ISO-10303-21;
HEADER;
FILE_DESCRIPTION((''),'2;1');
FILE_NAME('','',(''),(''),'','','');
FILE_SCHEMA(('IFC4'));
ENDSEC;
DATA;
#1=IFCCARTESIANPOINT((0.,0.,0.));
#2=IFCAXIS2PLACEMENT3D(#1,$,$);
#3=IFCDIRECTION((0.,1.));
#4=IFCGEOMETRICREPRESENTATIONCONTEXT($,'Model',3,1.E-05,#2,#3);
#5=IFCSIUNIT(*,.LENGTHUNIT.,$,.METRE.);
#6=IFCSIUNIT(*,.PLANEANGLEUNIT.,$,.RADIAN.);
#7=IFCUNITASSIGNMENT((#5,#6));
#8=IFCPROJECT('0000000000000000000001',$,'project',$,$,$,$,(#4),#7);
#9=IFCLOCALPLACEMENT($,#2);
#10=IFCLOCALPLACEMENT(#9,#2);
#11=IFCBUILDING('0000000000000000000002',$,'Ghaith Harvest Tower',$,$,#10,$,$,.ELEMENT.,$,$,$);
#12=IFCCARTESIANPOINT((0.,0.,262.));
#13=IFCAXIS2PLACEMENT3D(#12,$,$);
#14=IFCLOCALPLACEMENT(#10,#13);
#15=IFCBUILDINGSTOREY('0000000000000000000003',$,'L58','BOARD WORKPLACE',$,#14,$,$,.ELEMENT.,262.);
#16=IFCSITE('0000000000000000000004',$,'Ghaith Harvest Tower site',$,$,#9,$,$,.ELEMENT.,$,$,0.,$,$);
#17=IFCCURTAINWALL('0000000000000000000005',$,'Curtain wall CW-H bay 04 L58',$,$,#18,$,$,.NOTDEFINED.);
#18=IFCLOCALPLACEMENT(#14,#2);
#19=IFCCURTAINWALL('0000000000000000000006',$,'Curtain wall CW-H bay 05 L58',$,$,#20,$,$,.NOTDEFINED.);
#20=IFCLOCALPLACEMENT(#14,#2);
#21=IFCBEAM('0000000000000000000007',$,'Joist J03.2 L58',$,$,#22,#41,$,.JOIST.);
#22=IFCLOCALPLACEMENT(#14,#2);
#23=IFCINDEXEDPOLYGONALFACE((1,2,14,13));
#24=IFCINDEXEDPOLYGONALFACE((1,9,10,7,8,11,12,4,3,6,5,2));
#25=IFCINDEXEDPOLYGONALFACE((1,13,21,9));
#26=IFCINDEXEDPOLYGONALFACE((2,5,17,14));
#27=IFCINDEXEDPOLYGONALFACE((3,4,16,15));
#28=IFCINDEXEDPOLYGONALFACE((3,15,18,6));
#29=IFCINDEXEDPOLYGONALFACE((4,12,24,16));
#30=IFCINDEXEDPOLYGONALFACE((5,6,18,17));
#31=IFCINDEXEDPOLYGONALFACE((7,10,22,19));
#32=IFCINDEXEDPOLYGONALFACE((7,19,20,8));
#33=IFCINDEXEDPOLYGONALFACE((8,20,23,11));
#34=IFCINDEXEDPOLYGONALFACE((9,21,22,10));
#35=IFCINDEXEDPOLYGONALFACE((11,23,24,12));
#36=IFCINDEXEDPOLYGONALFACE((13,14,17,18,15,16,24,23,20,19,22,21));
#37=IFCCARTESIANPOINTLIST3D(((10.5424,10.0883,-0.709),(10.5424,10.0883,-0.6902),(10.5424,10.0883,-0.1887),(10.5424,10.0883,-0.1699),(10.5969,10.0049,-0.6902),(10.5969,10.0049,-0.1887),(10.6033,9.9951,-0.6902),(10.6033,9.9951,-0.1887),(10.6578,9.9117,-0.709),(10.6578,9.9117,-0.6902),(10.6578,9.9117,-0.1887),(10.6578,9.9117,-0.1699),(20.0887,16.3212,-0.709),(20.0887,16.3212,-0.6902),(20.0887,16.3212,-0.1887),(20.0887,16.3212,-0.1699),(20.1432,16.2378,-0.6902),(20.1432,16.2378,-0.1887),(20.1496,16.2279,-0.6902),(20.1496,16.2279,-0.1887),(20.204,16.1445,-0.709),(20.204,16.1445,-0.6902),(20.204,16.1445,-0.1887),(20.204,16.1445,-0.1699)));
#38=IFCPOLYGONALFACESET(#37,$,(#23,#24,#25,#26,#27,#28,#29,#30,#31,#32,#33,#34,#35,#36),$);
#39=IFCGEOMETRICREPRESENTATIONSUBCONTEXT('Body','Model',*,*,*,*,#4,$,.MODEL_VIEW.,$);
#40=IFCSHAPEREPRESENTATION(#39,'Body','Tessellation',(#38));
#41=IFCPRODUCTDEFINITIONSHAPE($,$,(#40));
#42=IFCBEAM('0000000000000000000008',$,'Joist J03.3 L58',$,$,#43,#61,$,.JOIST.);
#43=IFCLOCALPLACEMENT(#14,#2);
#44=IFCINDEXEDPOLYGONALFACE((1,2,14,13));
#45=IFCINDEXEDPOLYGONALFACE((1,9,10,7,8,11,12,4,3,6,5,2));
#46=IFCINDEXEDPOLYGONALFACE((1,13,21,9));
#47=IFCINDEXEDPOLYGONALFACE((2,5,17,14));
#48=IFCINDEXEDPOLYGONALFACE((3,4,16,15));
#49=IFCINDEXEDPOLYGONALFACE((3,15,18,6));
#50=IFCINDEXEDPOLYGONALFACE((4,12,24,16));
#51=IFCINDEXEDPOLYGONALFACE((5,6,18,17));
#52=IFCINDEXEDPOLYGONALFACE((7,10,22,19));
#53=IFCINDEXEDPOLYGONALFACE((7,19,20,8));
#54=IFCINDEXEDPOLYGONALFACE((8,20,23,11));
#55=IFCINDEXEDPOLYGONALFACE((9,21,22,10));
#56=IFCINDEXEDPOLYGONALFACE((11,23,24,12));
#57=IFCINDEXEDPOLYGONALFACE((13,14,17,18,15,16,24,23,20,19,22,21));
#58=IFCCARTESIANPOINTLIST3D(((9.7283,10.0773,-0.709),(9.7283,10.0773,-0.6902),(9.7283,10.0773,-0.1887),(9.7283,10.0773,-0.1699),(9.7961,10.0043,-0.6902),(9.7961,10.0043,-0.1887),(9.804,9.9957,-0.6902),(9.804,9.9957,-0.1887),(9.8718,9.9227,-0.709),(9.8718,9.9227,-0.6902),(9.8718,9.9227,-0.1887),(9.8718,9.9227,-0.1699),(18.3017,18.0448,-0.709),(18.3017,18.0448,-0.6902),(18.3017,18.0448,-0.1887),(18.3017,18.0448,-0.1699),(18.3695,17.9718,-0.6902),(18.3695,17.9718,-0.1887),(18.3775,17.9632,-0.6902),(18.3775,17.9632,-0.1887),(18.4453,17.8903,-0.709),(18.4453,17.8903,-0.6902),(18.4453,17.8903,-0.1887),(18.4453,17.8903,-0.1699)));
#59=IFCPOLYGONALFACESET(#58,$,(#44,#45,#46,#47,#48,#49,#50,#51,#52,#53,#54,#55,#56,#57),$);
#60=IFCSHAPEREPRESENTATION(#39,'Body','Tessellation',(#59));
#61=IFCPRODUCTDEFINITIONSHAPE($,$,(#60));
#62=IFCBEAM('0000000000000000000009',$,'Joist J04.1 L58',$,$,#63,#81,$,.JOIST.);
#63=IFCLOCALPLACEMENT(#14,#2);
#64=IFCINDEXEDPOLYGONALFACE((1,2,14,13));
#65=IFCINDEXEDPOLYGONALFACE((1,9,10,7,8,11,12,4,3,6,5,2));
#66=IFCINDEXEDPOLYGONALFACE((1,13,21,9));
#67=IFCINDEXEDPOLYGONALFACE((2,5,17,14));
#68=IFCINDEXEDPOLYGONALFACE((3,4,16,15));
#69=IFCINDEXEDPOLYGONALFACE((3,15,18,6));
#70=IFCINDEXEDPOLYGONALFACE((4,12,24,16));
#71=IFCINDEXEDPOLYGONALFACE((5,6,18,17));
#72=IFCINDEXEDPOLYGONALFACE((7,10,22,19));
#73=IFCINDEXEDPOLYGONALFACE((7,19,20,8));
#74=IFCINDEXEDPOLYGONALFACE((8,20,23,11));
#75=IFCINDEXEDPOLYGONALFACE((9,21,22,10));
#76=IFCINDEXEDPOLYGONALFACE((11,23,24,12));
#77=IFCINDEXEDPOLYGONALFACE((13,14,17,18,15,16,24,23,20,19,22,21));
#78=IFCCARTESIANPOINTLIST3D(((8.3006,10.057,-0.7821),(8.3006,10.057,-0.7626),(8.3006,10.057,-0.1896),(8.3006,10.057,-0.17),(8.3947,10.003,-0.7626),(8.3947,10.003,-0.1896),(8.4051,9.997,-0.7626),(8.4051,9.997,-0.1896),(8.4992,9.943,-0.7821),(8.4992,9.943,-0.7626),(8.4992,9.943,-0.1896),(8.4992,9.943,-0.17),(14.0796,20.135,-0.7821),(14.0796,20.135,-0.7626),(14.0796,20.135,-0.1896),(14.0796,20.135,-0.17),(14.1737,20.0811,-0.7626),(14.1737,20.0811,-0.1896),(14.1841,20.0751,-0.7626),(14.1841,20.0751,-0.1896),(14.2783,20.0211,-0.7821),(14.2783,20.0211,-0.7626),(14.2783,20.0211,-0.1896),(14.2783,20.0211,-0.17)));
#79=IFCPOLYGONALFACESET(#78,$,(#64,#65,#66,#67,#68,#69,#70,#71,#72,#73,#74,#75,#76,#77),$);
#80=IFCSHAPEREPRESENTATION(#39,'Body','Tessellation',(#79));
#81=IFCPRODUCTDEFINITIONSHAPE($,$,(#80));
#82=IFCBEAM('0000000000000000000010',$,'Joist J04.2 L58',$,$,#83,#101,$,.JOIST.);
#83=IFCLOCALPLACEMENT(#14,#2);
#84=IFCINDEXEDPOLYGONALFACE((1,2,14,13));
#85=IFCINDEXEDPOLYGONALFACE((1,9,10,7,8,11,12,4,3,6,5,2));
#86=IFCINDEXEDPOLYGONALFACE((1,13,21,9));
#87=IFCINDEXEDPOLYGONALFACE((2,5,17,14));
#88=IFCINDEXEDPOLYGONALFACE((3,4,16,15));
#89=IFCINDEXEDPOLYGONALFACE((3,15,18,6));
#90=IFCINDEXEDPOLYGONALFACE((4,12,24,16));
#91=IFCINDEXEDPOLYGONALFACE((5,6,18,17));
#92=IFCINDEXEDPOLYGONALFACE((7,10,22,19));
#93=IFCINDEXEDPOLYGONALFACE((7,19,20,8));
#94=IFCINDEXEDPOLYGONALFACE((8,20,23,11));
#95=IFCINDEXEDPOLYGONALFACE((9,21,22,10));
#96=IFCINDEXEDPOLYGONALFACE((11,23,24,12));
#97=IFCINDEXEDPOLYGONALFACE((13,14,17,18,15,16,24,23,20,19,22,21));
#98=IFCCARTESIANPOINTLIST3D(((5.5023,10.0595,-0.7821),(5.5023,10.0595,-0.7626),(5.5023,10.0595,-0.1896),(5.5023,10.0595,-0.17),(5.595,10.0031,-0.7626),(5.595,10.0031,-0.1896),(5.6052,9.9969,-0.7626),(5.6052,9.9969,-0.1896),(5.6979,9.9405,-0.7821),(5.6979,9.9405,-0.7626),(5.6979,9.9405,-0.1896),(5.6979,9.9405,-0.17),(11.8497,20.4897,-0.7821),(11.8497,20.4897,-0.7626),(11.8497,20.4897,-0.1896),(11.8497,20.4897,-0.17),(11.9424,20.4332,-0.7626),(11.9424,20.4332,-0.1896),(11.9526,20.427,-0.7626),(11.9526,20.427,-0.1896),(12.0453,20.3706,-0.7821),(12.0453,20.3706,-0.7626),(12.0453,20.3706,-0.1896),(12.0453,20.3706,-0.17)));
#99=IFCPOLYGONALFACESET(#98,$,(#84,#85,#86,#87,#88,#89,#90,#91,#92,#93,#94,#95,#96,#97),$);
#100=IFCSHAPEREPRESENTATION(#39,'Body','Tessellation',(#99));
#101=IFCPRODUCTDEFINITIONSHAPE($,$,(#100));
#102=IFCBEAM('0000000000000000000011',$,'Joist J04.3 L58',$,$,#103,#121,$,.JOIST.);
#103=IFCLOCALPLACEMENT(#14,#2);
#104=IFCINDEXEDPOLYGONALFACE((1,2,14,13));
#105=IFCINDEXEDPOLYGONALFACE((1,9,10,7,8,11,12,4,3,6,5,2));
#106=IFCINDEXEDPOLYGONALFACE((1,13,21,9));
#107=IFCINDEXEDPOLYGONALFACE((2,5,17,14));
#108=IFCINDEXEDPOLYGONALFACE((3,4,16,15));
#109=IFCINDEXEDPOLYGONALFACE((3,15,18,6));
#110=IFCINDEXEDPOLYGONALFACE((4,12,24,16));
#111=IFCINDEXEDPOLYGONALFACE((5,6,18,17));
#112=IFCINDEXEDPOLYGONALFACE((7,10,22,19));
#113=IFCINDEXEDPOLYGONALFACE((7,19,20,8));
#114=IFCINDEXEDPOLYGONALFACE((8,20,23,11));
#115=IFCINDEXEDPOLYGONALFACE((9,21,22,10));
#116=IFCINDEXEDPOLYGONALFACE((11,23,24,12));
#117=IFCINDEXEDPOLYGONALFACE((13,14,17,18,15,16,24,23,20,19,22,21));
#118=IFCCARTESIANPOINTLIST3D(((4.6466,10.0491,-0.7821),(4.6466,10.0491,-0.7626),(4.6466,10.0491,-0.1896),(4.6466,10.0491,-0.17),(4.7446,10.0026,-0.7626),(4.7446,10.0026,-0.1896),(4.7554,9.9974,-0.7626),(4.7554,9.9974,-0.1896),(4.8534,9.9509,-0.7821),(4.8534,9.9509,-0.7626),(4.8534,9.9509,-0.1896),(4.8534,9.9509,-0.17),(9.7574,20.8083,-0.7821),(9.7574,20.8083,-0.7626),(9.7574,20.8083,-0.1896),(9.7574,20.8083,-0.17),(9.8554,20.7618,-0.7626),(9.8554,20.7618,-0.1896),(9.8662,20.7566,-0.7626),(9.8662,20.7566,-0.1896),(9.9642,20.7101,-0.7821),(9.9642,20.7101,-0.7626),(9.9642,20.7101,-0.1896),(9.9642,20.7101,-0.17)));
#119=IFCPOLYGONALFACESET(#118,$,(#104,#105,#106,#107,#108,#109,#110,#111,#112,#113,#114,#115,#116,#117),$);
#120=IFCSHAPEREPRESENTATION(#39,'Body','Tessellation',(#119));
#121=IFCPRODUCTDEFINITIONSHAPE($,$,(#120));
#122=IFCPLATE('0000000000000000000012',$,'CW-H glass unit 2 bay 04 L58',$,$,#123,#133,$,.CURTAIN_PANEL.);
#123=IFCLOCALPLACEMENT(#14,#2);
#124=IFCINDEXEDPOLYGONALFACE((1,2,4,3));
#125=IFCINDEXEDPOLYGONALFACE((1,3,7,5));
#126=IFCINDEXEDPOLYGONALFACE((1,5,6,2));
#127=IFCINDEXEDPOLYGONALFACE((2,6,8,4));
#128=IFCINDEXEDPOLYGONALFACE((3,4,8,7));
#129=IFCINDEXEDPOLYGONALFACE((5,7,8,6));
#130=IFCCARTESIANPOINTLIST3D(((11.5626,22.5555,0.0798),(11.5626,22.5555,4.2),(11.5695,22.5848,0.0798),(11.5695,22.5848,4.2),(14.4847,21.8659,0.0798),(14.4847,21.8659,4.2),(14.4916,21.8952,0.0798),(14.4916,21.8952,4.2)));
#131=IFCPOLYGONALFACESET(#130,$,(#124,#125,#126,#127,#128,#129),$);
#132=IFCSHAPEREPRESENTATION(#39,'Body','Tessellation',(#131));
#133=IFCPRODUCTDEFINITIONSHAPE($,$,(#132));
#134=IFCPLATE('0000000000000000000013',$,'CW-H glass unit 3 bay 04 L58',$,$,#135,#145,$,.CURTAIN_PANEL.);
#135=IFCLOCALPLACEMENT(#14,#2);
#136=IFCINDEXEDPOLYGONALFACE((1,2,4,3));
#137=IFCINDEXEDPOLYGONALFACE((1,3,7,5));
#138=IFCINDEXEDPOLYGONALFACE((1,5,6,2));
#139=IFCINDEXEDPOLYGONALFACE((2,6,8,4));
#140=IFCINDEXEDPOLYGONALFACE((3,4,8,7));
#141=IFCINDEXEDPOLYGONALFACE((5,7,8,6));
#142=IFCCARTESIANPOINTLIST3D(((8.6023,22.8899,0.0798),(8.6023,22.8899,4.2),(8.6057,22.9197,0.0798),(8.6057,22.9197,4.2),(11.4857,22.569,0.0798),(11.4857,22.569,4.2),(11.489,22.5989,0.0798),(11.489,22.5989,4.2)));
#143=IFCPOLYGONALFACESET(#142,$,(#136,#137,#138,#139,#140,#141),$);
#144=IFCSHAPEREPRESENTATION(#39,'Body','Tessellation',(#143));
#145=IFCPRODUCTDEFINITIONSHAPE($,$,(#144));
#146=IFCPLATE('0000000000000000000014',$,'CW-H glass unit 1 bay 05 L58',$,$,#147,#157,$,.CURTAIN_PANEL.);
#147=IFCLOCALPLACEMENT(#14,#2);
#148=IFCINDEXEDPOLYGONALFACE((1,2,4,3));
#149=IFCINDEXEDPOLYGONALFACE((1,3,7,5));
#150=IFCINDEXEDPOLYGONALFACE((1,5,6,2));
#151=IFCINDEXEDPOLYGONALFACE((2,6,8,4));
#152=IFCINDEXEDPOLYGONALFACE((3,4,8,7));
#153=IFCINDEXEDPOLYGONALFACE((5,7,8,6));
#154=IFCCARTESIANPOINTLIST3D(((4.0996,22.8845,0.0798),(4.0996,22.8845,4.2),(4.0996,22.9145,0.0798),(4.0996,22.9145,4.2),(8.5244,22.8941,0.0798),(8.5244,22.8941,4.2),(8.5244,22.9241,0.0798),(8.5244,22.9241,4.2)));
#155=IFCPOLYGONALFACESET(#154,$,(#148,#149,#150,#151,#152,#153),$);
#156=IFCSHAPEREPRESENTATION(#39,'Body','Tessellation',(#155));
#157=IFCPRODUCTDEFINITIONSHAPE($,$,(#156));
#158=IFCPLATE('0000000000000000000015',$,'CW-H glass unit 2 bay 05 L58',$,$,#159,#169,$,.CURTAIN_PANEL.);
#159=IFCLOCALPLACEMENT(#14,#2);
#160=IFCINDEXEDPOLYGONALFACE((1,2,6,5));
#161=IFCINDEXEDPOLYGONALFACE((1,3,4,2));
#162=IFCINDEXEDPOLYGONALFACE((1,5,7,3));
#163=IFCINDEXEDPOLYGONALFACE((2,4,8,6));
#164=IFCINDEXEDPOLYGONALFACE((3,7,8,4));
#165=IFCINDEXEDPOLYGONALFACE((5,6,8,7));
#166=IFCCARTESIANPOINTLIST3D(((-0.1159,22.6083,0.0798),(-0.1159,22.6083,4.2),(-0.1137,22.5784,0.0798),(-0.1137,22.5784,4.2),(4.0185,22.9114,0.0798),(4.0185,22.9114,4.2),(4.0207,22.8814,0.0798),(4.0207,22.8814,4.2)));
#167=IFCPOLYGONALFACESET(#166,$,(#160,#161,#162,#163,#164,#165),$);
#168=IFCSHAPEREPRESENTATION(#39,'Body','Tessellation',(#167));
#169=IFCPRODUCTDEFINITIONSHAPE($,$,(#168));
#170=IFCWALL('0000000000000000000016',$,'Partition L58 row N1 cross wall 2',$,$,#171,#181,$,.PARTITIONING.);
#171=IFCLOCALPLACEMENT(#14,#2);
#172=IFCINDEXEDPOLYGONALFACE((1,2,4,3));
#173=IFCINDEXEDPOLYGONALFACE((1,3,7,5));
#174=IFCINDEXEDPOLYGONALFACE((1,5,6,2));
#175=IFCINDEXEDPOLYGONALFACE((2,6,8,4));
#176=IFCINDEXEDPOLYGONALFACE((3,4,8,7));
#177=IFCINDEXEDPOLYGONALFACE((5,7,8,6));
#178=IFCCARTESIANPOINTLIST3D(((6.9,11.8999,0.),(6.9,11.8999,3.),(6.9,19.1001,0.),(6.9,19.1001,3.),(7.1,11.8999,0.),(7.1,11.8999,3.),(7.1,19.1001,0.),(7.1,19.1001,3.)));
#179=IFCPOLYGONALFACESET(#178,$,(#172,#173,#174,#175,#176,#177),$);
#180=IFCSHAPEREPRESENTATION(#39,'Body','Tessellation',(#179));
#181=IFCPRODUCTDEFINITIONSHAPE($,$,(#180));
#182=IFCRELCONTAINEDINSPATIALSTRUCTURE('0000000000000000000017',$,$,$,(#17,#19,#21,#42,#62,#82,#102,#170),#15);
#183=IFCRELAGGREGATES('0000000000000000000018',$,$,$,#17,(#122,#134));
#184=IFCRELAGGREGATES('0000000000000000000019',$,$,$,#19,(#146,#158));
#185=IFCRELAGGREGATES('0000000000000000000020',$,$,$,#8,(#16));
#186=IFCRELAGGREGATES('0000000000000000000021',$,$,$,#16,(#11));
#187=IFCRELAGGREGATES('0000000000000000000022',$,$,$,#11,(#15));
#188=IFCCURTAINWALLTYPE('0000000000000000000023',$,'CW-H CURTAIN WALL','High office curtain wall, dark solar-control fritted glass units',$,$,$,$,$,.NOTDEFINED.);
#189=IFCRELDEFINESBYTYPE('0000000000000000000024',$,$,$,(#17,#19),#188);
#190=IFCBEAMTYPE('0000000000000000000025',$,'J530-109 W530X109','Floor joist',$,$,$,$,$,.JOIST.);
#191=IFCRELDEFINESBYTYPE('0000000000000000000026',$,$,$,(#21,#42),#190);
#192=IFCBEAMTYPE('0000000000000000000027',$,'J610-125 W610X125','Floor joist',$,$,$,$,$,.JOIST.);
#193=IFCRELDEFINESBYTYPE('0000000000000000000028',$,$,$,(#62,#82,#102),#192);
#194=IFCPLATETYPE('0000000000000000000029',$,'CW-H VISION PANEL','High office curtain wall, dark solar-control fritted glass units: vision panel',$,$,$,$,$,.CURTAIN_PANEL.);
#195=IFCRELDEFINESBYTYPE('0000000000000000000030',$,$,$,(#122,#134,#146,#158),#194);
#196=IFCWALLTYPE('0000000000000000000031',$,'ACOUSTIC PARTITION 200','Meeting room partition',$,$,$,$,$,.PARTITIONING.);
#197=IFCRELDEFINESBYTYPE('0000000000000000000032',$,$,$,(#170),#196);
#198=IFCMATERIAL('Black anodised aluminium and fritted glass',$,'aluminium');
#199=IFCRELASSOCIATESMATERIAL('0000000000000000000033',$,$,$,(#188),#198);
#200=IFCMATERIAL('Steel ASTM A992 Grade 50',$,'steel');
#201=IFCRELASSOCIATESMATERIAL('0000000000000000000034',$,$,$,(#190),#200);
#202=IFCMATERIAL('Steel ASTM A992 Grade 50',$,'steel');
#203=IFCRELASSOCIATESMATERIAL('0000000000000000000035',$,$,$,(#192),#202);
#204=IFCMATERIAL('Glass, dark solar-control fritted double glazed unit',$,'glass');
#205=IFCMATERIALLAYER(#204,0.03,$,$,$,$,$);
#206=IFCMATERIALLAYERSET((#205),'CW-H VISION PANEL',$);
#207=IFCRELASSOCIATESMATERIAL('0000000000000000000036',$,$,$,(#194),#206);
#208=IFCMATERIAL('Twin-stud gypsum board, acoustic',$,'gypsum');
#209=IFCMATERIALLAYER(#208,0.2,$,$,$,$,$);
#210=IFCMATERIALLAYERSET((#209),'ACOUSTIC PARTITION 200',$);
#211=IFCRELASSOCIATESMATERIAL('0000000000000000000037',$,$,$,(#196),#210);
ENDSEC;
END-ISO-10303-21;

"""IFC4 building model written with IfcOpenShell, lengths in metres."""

from ifc_helpers import new_model, si_unit, direction, frame, frame_2d, origin, origin_2d, place, context, subcontext, project, spatial, rectangle, i_section, extrude, material, layer, layer_set, material_profile, profile_set, type_object, element, aggregate, save


model = new_model("IFC4")

# Units and contexts
model_context = context("Model", 3, precision=1e-05, world=origin(), true_north=direction((0.0, 1.0)))
body_context = subcontext(model_context, "Body", "Model", "MODEL_VIEW")
ifc_project = project(units=[si_unit("LENGTHUNIT", "METRE"), si_unit("PLANEANGLEUNIT", "RADIAN")], contexts=[model_context])

# Site, building, storey
site_placement = place(None, origin())
site = spatial("IfcSite", under=ifc_project, at=site_placement, Name="Ghaith Harvest Tower site", CompositionType="ELEMENT", RefElevation=0.0)
building_placement = place(site_placement, origin())
building = spatial("IfcBuilding", under=site, at=building_placement, Name="Ghaith Harvest Tower", CompositionType="ELEMENT")
storey_placement = place(building_placement, frame((0.0, 0.0, 262.0)))
storey = spatial("IfcBuildingStorey", under=building, at=storey_placement, Name="L58", Description="BOARD WORKPLACE", CompositionType="ELEMENT", Elevation=262.0)

# Curtain wall
ifc_material_1 = material(Name="Black anodised aluminium and fritted glass", Category="aluminium")
curtain_wall_type = type_object("IfcCurtainWallType", Name="CW-H CURTAIN WALL", Description="High office curtain wall, dark solar-control fritted glass units", PredefinedType="NOTDEFINED", material=ifc_material_1)
curtain_wall_1_placement = place(storey_placement, origin())
curtain_wall_1 = element("IfcCurtainWall", 1, at=curtain_wall_1_placement, inside=storey, type_object=curtain_wall_type, Name="Curtain wall CW-H bay 04 L58", PredefinedType="NOTDEFINED")

# Curtain wall
curtain_wall_2_placement = place(storey_placement, origin())
curtain_wall_2 = element("IfcCurtainWall", 2, at=curtain_wall_2_placement, inside=storey, type_object=curtain_wall_type, Name="Curtain wall CW-H bay 05 L58", PredefinedType="NOTDEFINED")

# Beams
ifc_material_2 = material(Name="Steel ASTM A992 Grade 50", Category="steel")
ifc_material_profile_1 = material_profile(ifc_material_2, i_section(OverallWidth=0.2109, OverallDepth=0.5391, WebThickness=0.0117, FlangeThickness=0.0188, at=origin_2d()), Name="W530X109")
ifc_profile_set_1 = profile_set([ifc_material_profile_1], Name="Steel ASTM A992 Grade 50")
beam_type_1 = type_object("IfcBeamType", Name="J530-109 W530X109", Description="Floor joist", PredefinedType="JOIST", material=ifc_profile_set_1)
beam_1_placement = place(storey_placement, frame((10.6001, 10.0, -0.4395), z_axis=(0.837329, 0.546699, 0.0), x_axis=(-0.546699, 0.837329, 0.0)))
element("IfcBeam", 3, at=beam_1_placement, inside=storey, type_object=beam_type_1, Name="Joist J03.2 L58", PredefinedType="JOIST", context=body_context, shape_type="SweptSolid", body=[
    extrude(i_section(OverallWidth=0.2109, OverallDepth=0.5391, WebThickness=0.0117, FlangeThickness=0.0188, at=origin_2d()), origin(), (0.0, 0.0, 1.0), 11.4009),
])
beam_2_placement = place(storey_placement, frame((9.8, 10.0, -0.4395), z_axis=(0.732519, 0.680746, 0.0), x_axis=(-0.680746, 0.732519, 0.0)))
element("IfcBeam", 4, at=beam_2_placement, inside=storey, type_object=beam_type_1, Name="Joist J03.3 L58", PredefinedType="JOIST", context=body_context, shape_type="SweptSolid", body=[
    extrude(i_section(OverallWidth=0.2109, OverallDepth=0.5391, WebThickness=0.0117, FlangeThickness=0.0188, at=origin_2d()), origin(), (0.0, 0.0, 1.0), 11.7041),
])
ifc_material_3 = material(Name="Steel ASTM A992 Grade 50", Category="steel")
ifc_material_profile_2 = material_profile(ifc_material_3, i_section(OverallWidth=0.229, OverallDepth=0.6121, WebThickness=0.012, FlangeThickness=0.0195, at=origin_2d()), Name="W610X125")
ifc_profile_set_2 = profile_set([ifc_material_profile_2], Name="Steel ASTM A992 Grade 50")
beam_type_2 = type_object("IfcBeamType", Name="J610-125 W610X125", Description="Floor joist", PredefinedType="JOIST", material=ifc_profile_set_2)
beam_3_placement = place(storey_placement, frame((8.3999, 10.0, -0.4761), z_axis=(0.497444, 0.867496, 0.0), x_axis=(-0.867496, 0.497444, 0.0)))
element("IfcBeam", 5, at=beam_3_placement, inside=storey, type_object=beam_type_2, Name="Joist J04.1 L58", PredefinedType="JOIST", context=body_context, shape_type="SweptSolid", body=[
    extrude(i_section(OverallWidth=0.229, OverallDepth=0.6121, WebThickness=0.012, FlangeThickness=0.0195, at=origin_2d()), origin(), (0.0, 0.0, 1.0), 11.6174),
])
beam_4_placement = place(storey_placement, frame((5.6001, 10.0, -0.4761), z_axis=(0.519864, 0.854249, 0.0), x_axis=(-0.854249, 0.519864, 0.0)))
element("IfcBeam", 6, at=beam_4_placement, inside=storey, type_object=beam_type_2, Name="Joist J04.2 L58", PredefinedType="JOIST", context=body_context, shape_type="SweptSolid", body=[
    extrude(i_section(OverallWidth=0.229, OverallDepth=0.6121, WebThickness=0.012, FlangeThickness=0.0195, at=origin_2d()), origin(), (0.0, 0.0, 1.0), 12.2097),
])
beam_5_placement = place(storey_placement, frame((4.75, 10.0, -0.4761), z_axis=(0.429069, 0.903272, 0.0), x_axis=(-0.903272, 0.429069, 0.0)))
element("IfcBeam", 7, at=beam_5_placement, inside=storey, type_object=beam_type_2, Name="Joist J04.3 L58", PredefinedType="JOIST", context=body_context, shape_type="SweptSolid", body=[
    extrude(i_section(OverallWidth=0.229, OverallDepth=0.6121, WebThickness=0.012, FlangeThickness=0.0195, at=origin_2d()), origin(), (0.0, 0.0, 1.0), 11.9114),
])

# Plates
ifc_material_4 = material(Name="Glass, dark solar-control fritted double glazed unit", Category="glass")
ifc_layer_1 = layer(ifc_material_4, 0.03)
ifc_layer_set_1 = layer_set([ifc_layer_1], Name="CW-H VISION PANEL")
plate_type = type_object("IfcPlateType", Name="CW-H VISION PANEL", Description="High office curtain wall, dark solar-control fritted glass units: vision panel", PredefinedType="CURTAIN_PANEL", material=ifc_layer_set_1)
plate_1_placement = place(storey_placement, frame((13.0271, 22.2253, 0.0798), z_axis=(0.0, 0.0, 1.0), x_axis=(-0.973266, 0.22968, 0.0)))
plate_1 = element("IfcPlate", 8, at=plate_1_placement, type_object=plate_type, Name="CW-H glass unit 2 bay 04 L58", PredefinedType="CURTAIN_PANEL", context=body_context, shape_type="SweptSolid", body=[
    extrude(rectangle(XDim=3.0024, YDim=0.03, at=origin_2d()), origin(), (0.0, 0.0, 1.0), 4.1201),
])
plate_2_placement = place(storey_placement, frame((10.0457, 22.7444, 0.0798), z_axis=(0.0, 0.0, 1.0), x_axis=(-0.993865, 0.110598, 0.0)))
plate_2 = element("IfcPlate", 9, at=plate_2_placement, type_object=plate_type, Name="CW-H glass unit 3 bay 04 L58", PredefinedType="CURTAIN_PANEL", context=body_context, shape_type="SweptSolid", body=[
    extrude(rectangle(XDim=2.9011, YDim=0.03, at=origin_2d()), origin(), (0.0, 0.0, 1.0), 4.1201),
])
aggregate(curtain_wall_1, [plate_1, plate_2])
plate_3_placement = place(storey_placement, frame((6.312, 22.9043, 0.0798), z_axis=(0.0, 0.0, 1.0), x_axis=(-0.999998, -0.002171, 0.0)))
plate_3 = element("IfcPlate", 10, at=plate_3_placement, type_object=plate_type, Name="CW-H glass unit 1 bay 05 L58", PredefinedType="CURTAIN_PANEL", context=body_context, shape_type="SweptSolid", body=[
    extrude(rectangle(XDim=4.4248, YDim=0.03, at=origin_2d()), origin(), (0.0, 0.0, 1.0), 4.1201),
])
plate_4_placement = place(storey_placement, frame((1.9524, 22.7449, 0.0798), z_axis=(0.0, 0.0, 1.0), x_axis=(-0.997325, -0.073101, 0.0)))
plate_4 = element("IfcPlate", 11, at=plate_4_placement, type_object=plate_type, Name="CW-H glass unit 2 bay 05 L58", PredefinedType="CURTAIN_PANEL", context=body_context, shape_type="SweptSolid", body=[
    extrude(rectangle(XDim=4.1455, YDim=0.03, at=origin_2d()), origin(), (0.0, 0.0, 1.0), 4.1201),
])
aggregate(curtain_wall_2, [plate_3, plate_4])

# Wall
ifc_material_5 = material(Name="Twin-stud gypsum board, acoustic", Category="gypsum")
ifc_layer_2 = layer(ifc_material_5, 0.2)
ifc_layer_set_2 = layer_set([ifc_layer_2], Name="ACOUSTIC PARTITION 200")
wall_type_1 = type_object("IfcWallType", Name="ACOUSTIC PARTITION 200", Description="Meeting room partition", PredefinedType="PARTITIONING", material=ifc_layer_set_2)
wall_1_placement = place(storey_placement, frame((7.0, 11.8999, 0.0), z_axis=(0.0, 0.0, 1.0), x_axis=(0.0, 1.0, 0.0)))
element("IfcWall", 12, at=wall_1_placement, inside=storey, type_object=wall_type_1, Name="Partition L58 row N1 cross wall 2", PredefinedType="PARTITIONING", context=body_context, shape_type="SweptSolid", body=[
    extrude(rectangle(XDim=7.2002, YDim=0.2, at=frame_2d((3.6001, 0.0))), origin(), (0.0, 0.0, 1.0), 3.0),
])

save(model, "model.ifc")
